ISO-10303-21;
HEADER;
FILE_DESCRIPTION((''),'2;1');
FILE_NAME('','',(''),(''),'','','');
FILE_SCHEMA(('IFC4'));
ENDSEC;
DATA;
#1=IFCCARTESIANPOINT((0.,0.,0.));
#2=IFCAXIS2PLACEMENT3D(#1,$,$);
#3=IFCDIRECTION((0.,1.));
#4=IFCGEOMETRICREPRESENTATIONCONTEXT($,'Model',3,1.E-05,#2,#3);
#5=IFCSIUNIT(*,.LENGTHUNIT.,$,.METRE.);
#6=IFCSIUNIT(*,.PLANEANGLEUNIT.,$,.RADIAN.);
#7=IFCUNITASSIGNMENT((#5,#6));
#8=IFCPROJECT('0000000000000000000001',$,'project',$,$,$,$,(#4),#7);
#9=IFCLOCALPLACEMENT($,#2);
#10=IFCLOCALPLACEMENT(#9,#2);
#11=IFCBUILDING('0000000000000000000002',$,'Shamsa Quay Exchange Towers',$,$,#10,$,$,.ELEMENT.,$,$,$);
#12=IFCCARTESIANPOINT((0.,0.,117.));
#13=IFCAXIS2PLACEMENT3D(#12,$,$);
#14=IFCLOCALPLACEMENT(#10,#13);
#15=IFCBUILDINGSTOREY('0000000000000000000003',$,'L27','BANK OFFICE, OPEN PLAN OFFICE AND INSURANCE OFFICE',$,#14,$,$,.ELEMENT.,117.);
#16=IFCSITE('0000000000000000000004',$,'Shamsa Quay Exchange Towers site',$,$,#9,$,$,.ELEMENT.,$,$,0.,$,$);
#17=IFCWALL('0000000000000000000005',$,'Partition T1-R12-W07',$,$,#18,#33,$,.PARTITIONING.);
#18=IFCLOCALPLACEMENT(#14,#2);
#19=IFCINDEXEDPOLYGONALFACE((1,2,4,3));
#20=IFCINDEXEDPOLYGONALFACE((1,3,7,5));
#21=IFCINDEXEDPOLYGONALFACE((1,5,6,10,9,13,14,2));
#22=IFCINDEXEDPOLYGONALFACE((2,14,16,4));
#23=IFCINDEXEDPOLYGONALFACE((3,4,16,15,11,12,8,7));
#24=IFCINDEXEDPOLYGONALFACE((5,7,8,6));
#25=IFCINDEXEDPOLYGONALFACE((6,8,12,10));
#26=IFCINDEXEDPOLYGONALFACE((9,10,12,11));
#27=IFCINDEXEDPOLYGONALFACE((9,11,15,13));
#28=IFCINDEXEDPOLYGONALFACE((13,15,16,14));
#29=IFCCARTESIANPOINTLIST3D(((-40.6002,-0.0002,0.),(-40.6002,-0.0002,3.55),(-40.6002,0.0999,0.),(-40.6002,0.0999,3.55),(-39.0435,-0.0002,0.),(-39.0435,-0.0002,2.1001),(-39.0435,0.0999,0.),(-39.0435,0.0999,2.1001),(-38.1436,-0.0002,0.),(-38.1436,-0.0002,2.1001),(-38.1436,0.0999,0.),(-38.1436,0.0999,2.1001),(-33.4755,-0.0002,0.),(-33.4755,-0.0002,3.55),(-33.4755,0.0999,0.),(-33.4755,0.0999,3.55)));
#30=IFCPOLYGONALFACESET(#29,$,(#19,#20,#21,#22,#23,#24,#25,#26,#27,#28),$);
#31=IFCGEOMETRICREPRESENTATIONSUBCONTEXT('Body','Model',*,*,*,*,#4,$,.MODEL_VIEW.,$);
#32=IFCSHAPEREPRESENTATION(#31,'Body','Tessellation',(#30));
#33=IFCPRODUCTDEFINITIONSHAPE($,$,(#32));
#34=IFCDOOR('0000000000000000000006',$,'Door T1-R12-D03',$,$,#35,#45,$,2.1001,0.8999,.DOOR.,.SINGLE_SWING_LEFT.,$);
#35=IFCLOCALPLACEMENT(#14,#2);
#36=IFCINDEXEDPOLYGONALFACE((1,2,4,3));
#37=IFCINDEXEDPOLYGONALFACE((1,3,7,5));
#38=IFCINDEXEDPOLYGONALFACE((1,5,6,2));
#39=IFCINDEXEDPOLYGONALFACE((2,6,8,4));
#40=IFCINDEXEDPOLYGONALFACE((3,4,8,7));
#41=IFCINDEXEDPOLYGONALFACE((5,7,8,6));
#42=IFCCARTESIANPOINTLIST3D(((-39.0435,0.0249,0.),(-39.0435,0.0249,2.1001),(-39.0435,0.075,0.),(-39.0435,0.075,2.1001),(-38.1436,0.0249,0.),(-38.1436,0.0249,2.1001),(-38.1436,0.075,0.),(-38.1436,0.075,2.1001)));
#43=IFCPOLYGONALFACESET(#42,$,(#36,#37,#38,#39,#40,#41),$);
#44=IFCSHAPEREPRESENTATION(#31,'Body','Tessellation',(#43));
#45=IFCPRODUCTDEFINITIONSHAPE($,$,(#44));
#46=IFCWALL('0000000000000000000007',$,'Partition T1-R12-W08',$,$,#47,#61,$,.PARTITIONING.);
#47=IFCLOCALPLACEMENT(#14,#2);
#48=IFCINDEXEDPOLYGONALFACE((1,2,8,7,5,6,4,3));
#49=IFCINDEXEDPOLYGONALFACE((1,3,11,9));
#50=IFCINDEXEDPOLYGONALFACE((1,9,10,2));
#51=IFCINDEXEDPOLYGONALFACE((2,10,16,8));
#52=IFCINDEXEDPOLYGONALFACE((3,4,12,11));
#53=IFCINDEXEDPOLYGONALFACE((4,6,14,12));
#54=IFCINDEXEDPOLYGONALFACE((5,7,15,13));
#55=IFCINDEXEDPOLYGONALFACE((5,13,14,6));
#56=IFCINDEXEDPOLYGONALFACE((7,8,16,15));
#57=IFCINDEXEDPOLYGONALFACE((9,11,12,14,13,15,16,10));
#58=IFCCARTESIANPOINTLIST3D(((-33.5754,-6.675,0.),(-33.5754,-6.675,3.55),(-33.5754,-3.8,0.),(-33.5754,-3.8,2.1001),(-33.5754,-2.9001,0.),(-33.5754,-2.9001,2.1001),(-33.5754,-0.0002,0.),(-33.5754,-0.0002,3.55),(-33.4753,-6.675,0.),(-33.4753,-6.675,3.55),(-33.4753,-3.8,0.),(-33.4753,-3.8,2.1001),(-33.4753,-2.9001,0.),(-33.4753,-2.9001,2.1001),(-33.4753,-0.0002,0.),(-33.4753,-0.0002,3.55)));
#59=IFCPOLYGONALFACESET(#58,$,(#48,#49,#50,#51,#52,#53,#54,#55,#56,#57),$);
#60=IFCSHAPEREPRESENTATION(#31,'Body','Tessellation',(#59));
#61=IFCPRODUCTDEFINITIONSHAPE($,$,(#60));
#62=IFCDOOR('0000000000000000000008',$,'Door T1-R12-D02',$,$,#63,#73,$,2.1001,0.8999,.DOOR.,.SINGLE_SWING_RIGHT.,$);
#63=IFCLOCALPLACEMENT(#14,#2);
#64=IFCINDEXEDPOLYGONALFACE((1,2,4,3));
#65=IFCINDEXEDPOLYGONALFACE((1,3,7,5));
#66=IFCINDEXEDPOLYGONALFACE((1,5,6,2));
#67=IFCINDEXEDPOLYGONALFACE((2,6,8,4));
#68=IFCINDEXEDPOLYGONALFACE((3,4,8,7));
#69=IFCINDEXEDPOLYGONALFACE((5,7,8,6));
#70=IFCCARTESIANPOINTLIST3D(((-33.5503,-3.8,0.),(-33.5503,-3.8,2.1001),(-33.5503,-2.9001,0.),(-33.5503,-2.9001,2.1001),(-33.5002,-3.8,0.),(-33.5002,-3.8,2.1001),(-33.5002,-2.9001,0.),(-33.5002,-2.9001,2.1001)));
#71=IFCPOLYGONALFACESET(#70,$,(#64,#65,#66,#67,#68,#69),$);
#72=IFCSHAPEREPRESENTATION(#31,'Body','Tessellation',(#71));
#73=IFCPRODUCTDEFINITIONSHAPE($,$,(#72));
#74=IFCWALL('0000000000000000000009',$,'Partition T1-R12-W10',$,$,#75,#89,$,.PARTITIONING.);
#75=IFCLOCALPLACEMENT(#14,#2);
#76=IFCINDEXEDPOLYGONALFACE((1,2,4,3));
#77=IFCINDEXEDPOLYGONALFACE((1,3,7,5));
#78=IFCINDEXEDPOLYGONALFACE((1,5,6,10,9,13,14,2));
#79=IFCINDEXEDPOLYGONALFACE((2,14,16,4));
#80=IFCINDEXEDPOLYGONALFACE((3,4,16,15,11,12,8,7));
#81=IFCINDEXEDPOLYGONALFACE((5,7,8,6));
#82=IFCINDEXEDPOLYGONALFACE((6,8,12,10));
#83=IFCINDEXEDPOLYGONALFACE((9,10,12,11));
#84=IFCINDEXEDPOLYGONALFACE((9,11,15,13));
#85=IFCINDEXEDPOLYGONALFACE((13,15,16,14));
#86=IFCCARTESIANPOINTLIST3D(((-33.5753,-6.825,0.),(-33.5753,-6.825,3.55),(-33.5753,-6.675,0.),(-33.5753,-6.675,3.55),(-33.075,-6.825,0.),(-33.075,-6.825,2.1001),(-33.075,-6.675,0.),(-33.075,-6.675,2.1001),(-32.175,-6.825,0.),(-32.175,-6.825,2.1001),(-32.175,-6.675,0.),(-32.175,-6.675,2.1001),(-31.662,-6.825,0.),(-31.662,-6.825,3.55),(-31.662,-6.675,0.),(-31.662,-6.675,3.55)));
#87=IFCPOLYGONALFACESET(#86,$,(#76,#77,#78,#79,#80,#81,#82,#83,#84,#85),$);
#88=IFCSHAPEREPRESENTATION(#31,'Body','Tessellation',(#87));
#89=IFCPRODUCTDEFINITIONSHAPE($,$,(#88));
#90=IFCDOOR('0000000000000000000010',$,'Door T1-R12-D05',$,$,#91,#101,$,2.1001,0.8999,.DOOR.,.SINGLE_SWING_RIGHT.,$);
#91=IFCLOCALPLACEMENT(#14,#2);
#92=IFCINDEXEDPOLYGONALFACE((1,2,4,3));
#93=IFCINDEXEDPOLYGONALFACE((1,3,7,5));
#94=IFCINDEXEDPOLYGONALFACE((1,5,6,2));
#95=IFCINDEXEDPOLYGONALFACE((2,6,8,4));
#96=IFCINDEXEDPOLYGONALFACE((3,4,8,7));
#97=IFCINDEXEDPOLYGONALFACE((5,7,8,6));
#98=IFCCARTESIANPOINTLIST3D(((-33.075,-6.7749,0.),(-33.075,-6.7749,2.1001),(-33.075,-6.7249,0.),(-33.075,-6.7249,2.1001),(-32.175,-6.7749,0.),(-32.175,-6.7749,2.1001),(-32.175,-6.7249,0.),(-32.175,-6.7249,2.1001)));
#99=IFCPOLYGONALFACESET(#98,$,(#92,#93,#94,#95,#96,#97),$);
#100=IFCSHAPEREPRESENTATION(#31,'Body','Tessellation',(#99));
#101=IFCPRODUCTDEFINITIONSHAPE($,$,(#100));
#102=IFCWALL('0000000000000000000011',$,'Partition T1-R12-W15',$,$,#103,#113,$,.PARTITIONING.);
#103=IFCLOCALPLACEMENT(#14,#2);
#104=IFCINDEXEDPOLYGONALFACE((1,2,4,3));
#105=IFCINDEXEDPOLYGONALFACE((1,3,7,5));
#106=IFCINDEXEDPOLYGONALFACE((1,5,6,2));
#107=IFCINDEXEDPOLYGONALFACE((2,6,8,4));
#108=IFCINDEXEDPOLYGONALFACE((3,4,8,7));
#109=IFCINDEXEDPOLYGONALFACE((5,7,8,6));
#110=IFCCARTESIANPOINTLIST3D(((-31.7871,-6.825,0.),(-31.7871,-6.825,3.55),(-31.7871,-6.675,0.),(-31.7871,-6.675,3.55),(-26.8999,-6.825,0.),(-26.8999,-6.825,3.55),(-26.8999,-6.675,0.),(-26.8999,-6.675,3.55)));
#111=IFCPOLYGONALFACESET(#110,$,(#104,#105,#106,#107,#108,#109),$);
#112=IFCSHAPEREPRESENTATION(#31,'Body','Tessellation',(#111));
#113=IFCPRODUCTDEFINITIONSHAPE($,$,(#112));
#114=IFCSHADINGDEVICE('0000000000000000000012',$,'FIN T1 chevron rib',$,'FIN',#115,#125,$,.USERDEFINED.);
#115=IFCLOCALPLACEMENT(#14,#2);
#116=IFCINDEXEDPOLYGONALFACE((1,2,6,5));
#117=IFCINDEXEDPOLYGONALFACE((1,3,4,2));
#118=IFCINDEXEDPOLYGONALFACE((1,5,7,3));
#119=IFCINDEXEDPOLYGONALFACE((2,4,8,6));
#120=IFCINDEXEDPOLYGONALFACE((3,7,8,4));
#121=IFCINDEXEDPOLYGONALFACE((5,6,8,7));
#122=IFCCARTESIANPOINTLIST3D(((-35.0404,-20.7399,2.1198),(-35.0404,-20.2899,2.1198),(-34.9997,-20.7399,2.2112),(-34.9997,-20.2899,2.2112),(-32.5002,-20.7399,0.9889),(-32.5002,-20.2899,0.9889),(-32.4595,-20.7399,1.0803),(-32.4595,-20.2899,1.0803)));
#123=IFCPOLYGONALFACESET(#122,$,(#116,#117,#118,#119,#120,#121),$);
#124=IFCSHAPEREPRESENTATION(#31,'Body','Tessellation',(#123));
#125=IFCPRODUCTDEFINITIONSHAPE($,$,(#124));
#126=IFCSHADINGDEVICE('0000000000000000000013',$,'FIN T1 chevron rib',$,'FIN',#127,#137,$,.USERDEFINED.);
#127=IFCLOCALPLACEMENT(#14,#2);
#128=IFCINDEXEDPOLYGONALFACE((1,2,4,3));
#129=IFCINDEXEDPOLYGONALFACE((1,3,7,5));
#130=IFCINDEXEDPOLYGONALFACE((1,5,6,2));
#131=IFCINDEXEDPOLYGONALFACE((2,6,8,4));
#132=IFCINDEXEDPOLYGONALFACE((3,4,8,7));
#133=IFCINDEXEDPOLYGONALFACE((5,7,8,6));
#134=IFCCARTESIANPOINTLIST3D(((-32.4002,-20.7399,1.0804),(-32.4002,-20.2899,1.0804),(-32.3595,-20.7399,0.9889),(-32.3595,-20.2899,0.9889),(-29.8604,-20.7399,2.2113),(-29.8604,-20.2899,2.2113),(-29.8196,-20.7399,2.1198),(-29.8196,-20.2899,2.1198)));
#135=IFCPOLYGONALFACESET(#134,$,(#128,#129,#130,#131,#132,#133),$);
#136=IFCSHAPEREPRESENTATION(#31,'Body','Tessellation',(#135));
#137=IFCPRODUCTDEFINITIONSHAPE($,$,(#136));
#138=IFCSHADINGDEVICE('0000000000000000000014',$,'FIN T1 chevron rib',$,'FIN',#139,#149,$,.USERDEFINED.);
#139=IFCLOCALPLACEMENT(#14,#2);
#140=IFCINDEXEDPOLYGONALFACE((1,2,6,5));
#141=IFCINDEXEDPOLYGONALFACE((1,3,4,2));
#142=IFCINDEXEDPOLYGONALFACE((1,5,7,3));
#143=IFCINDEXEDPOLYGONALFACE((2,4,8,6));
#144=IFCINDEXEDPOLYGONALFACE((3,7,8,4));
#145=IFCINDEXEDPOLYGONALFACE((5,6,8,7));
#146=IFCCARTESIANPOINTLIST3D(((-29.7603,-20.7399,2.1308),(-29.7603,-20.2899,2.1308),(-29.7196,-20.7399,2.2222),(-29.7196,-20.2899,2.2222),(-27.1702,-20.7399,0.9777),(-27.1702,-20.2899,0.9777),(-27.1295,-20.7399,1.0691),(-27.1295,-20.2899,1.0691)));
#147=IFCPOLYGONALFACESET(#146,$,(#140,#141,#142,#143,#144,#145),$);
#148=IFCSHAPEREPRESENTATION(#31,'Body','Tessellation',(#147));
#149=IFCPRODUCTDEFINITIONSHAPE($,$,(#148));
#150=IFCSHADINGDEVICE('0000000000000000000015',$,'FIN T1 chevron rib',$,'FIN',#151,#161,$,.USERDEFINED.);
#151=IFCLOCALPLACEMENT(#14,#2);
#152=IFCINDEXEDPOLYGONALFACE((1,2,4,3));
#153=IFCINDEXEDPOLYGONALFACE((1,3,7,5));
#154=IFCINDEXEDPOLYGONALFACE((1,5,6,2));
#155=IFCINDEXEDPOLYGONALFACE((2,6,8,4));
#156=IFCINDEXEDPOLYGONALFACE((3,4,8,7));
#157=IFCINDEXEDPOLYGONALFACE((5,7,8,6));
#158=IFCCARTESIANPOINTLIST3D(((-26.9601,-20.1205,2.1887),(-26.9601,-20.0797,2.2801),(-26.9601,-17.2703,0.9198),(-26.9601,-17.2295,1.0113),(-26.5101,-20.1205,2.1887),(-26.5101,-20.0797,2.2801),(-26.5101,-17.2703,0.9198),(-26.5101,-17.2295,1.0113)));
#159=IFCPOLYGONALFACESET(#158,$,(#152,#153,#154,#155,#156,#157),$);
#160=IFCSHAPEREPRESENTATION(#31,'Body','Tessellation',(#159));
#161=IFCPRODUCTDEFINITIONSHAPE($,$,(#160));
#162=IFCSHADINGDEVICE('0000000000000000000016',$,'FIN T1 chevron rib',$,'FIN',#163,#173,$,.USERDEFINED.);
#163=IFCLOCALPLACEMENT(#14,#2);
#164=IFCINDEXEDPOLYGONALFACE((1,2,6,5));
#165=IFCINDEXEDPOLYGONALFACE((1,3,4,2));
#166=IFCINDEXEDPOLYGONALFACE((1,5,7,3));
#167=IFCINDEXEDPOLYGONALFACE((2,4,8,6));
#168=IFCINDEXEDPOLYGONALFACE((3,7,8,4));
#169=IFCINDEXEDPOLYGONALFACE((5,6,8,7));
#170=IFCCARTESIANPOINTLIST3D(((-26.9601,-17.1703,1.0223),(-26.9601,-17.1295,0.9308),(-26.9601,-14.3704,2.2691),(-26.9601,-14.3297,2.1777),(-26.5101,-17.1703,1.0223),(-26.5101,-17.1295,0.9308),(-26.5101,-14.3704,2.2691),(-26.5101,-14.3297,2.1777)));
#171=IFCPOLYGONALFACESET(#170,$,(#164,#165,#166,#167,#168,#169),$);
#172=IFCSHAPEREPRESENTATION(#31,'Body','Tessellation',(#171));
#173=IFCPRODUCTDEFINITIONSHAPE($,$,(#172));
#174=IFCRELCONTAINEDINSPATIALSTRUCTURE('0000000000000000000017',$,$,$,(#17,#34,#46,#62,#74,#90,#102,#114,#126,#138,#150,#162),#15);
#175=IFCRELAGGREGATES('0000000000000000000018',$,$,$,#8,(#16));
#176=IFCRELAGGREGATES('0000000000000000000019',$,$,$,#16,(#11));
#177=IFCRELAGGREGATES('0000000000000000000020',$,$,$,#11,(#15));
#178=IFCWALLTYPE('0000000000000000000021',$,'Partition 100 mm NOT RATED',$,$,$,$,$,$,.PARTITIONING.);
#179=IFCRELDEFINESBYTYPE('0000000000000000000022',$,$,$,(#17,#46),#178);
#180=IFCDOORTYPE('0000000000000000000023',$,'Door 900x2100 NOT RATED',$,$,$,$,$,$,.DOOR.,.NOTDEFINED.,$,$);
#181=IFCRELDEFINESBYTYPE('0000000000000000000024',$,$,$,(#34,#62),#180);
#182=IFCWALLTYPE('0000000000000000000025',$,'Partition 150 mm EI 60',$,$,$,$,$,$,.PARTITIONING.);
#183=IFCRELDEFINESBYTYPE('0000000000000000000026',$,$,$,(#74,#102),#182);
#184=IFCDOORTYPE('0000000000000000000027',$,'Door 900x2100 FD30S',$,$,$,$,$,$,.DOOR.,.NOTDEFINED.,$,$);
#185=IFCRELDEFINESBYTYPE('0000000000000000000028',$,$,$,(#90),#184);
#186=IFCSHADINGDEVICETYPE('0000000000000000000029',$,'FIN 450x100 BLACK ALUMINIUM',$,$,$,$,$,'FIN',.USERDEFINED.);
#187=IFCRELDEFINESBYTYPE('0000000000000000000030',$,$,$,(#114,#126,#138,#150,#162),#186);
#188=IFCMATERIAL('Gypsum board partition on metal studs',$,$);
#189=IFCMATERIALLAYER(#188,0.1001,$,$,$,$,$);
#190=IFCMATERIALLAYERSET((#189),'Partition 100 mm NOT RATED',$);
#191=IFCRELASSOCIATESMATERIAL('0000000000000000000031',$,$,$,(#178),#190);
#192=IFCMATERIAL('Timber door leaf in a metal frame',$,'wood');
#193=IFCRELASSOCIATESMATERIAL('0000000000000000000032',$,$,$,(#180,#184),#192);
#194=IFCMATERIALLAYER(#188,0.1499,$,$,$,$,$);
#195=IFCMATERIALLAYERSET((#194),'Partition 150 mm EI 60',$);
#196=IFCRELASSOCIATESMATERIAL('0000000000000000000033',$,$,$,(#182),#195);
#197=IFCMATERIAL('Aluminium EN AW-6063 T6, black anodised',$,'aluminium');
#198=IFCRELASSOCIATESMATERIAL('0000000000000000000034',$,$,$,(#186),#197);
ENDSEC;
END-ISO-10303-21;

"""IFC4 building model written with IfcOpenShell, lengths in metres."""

from ifc_helpers import new_model, si_unit, direction, frame, frame_2d, origin, origin_2d, place, context, subcontext, project, spatial, rectangle, extrude, material, layer, layer_set, material_profile, profile_set, type_object, element, fill, save


model = new_model("IFC4")

# Units and contexts
model_context = context("Model", 3, precision=1e-05, world=origin(), true_north=direction((0.0, 1.0)))
body_context = subcontext(model_context, "Body", "Model", "MODEL_VIEW")
ifc_project = project(units=[si_unit("LENGTHUNIT", "METRE"), si_unit("PLANEANGLEUNIT", "RADIAN")], contexts=[model_context])

# Site, building, storey
site_placement = place(None, origin())
site = spatial("IfcSite", under=ifc_project, at=site_placement, Name="Shamsa Quay Exchange Towers site", CompositionType="ELEMENT", RefElevation=0.0)
building_placement = place(site_placement, origin())
building = spatial("IfcBuilding", under=site, at=building_placement, Name="Shamsa Quay Exchange Towers", CompositionType="ELEMENT")
storey_placement = place(building_placement, frame((0.0, 0.0, 117.0)))
storey = spatial("IfcBuildingStorey", under=building, at=storey_placement, Name="L27", Description="BANK OFFICE, OPEN PLAN OFFICE AND INSURANCE OFFICE", CompositionType="ELEMENT", Elevation=117.0)

# Shared definitions
ifc_material_1 = material(Name="Aluminium EN AW-6063 T6, black anodised", Category="aluminium")

# Walls, openings, doors
ifc_material_2 = material(Name="Gypsum board partition on metal studs")
ifc_layer_1 = layer(ifc_material_2, 0.1001)
ifc_layer_set_1 = layer_set([ifc_layer_1], Name="Partition 100 mm NOT RATED")
wall_type_1 = type_object("IfcWallType", Name="Partition 100 mm NOT RATED", PredefinedType="PARTITIONING", material=ifc_layer_set_1)
wall_1_placement = place(storey_placement, frame((-33.4753, 0.0498, 0.0), z_axis=(0.0, 0.0, 1.0), x_axis=(-1.0, 0.0, 0.0)))
wall_1 = element("IfcWall", 1, at=wall_1_placement, inside=storey, type_object=wall_type_1, Name="Partition T1-R12-W07", PredefinedType="PARTITIONING", context=body_context, shape_type="SweptSolid", body=[
    extrude(rectangle(XDim=7.1248, YDim=0.1001, at=frame_2d((3.5625, 0.0))), origin(), (0.0, 0.0, 1.0), 3.55),
])
opening_1_placement = place(wall_1_placement, frame((4.6682, 0.0, 0.0)))
opening_1 = element("IfcOpeningElement", 2, at=opening_1_placement, cuts=wall_1, PredefinedType="OPENING", context=body_context, shape_type="SweptSolid", body=[
    extrude(rectangle(XDim=0.8999, YDim=2.1001, at=frame_2d((0.45, 1.05))), frame((0.0, 0.0601, 0.0), z_axis=(0.0, -1.0, 0.0), x_axis=(1.0, 0.0, 0.0)), (0.0, 0.0, 1.0), 0.1201),
])
ifc_material_3 = material(Name="Timber door leaf in a metal frame", Category="wood")
door_type_1 = type_object("IfcDoorType", Name="Door 900x2100 NOT RATED", OperationType="NOTDEFINED", PredefinedType="DOOR", material=ifc_material_3)
door_1_placement = place(opening_1_placement, origin())
door_1 = element("IfcDoor", 3, at=door_1_placement, inside=storey, type_object=door_type_1, Name="Door T1-R12-D03", OperationType="SINGLE_SWING_LEFT", OverallHeight=2.1001, OverallWidth=0.8999, PredefinedType="DOOR", context=body_context, shape_type="SweptSolid", body=[
    extrude(rectangle(XDim=0.8999, YDim=2.1001, at=frame_2d((0.45, 1.05))), frame((0.0, 0.0249, 0.0), z_axis=(0.0, -1.0, 0.0), x_axis=(1.0, 0.0, 0.0)), (0.0, 0.0, 1.0), 0.05),
])
fill(opening_1, door_1)
wall_2_placement = place(storey_placement, frame((-33.5254, -6.675, 0.0), z_axis=(0.0, 0.0, 1.0), x_axis=(0.0, 1.0, 0.0)))
wall_2 = element("IfcWall", 4, at=wall_2_placement, inside=storey, type_object=wall_type_1, Name="Partition T1-R12-W08", PredefinedType="PARTITIONING", context=body_context, shape_type="SweptSolid", body=[
    extrude(rectangle(XDim=6.6748, YDim=0.1001, at=frame_2d((3.3374, 0.0))), origin(), (0.0, 0.0, 1.0), 3.55),
])
opening_2_placement = place(wall_2_placement, frame((2.875, 0.0, 0.0)))
opening_2 = element("IfcOpeningElement", 5, at=opening_2_placement, cuts=wall_2, PredefinedType="OPENING", context=body_context, shape_type="SweptSolid", body=[
    extrude(rectangle(XDim=0.8999, YDim=2.1001, at=frame_2d((0.45, 1.05))), frame((0.0, 0.0601, 0.0), z_axis=(0.0, -1.0, 0.0), x_axis=(1.0, 0.0, 0.0)), (0.0, 0.0, 1.0), 0.1201),
])
door_2_placement = place(opening_2_placement, origin())
door_2 = element("IfcDoor", 6, at=door_2_placement, inside=storey, type_object=door_type_1, Name="Door T1-R12-D02", OperationType="SINGLE_SWING_RIGHT", OverallHeight=2.1001, OverallWidth=0.8999, PredefinedType="DOOR", context=body_context, shape_type="SweptSolid", body=[
    extrude(rectangle(XDim=0.8999, YDim=2.1001, at=frame_2d((0.45, 1.05))), frame((0.0, 0.0249, 0.0), z_axis=(0.0, -1.0, 0.0), x_axis=(1.0, 0.0, 0.0)), (0.0, 0.0, 1.0), 0.05),
])
fill(opening_2, door_2)
ifc_layer_2 = layer(ifc_material_2, 0.1499)
ifc_layer_set_2 = layer_set([ifc_layer_2], Name="Partition 150 mm EI 60")
wall_type_2 = type_object("IfcWallType", Name="Partition 150 mm EI 60", PredefinedType="PARTITIONING", material=ifc_layer_set_2)
wall_3_placement = place(storey_placement, frame((-31.6621, -6.75, 0.0), z_axis=(0.0, 0.0, 1.0), x_axis=(-1.0, 0.0, 0.0)))
wall_3 = element("IfcWall", 7, at=wall_3_placement, inside=storey, type_object=wall_type_2, Name="Partition T1-R12-W10", PredefinedType="PARTITIONING", context=body_context, shape_type="SweptSolid", body=[
    extrude(rectangle(XDim=1.9133, YDim=0.1499, at=frame_2d((0.9565, 0.0))), origin(), (0.0, 0.0, 1.0), 3.55),
])
opening_3_placement = place(wall_3_placement, frame((0.5129, 0.0, 0.0)))
opening_3 = element("IfcOpeningElement", 8, at=opening_3_placement, cuts=wall_3, PredefinedType="OPENING", context=body_context, shape_type="SweptSolid", body=[
    extrude(rectangle(XDim=0.8999, YDim=2.1001, at=frame_2d((0.45, 1.05))), frame((0.0, 0.085, 0.0), z_axis=(0.0, -1.0, 0.0), x_axis=(1.0, 0.0, 0.0)), (0.0, 0.0, 1.0), 0.1699),
])
door_type_2 = type_object("IfcDoorType", Name="Door 900x2100 FD30S", OperationType="NOTDEFINED", PredefinedType="DOOR", material=ifc_material_3)
door_3_placement = place(opening_3_placement, origin())
door_3 = element("IfcDoor", 9, at=door_3_placement, inside=storey, type_object=door_type_2, Name="Door T1-R12-D05", OperationType="SINGLE_SWING_RIGHT", OverallHeight=2.1001, OverallWidth=0.8999, PredefinedType="DOOR", context=body_context, shape_type="SweptSolid", body=[
    extrude(rectangle(XDim=0.8999, YDim=2.1001, at=frame_2d((0.45, 1.05))), frame((0.0, 0.0249, 0.0), z_axis=(0.0, -1.0, 0.0), x_axis=(1.0, 0.0, 0.0)), (0.0, 0.0, 1.0), 0.05),
])
fill(opening_3, door_3)

# Wall
wall_4_placement = place(storey_placement, frame((-31.7871, -6.75, 0.0)))
element("IfcWall", 10, at=wall_4_placement, inside=storey, type_object=wall_type_2, Name="Partition T1-R12-W15", PredefinedType="PARTITIONING", context=body_context, shape_type="SweptSolid", body=[
    extrude(rectangle(XDim=4.8872, YDim=0.1499, at=frame_2d((2.4436, 0.0))), origin(), (0.0, 0.0, 1.0), 3.55),
])

# Shading devices
ifc_material_profile_1 = material_profile(ifc_material_1, rectangle(XDim=0.45, YDim=0.1001, at=origin_2d()), Name="FIN450x100")
ifc_profile_set_1 = profile_set([ifc_material_profile_1], Name="Aluminium EN AW-6063 T6, black anodised")
shading_device_type = type_object("IfcShadingDeviceType", Name="FIN 450x100 BLACK ALUMINIUM", ElementType="FIN", PredefinedType="USERDEFINED", material=ifc_profile_set_1)
shading_device_1_placement = place(storey_placement, frame((-35.02, -20.5149, 2.1655), z_axis=(0.913551, 0.0, -0.406725), x_axis=(0.0, 1.0, 0.0)))
element("IfcShadingDevice", 11, at=shading_device_1_placement, inside=storey, type_object=shading_device_type, Name="FIN T1 chevron rib", ObjectType="FIN", PredefinedType="USERDEFINED", context=body_context, shape_type="SweptSolid", body=[
    extrude(rectangle(XDim=0.45, YDim=0.1001, at=origin_2d()), origin(), (0.0, 0.0, 1.0), 2.7805),
])
shading_device_2_placement = place(storey_placement, frame((-32.3799, -20.5149, 1.0347), z_axis=(0.913536, 0.0, 0.406758), x_axis=(0.0, 1.0, 0.0)))
element("IfcShadingDevice", 12, at=shading_device_2_placement, inside=storey, type_object=shading_device_type, Name="FIN T1 chevron rib", ObjectType="FIN", PredefinedType="USERDEFINED", context=body_context, shape_type="SweptSolid", body=[
    extrude(rectangle(XDim=0.45, YDim=0.1001, at=origin_2d()), origin(), (0.0, 0.0, 1.0), 2.7803),
])
shading_device_3_placement = place(storey_placement, frame((-29.74, -20.5149, 2.1765), z_axis=(0.913559, 0.0, -0.406706), x_axis=(0.0, 1.0, 0.0)))
element("IfcShadingDevice", 13, at=shading_device_3_placement, inside=storey, type_object=shading_device_type, Name="FIN T1 chevron rib", ObjectType="FIN", PredefinedType="USERDEFINED", context=body_context, shape_type="SweptSolid", body=[
    extrude(rectangle(XDim=0.45, YDim=0.1001, at=origin_2d()), origin(), (0.0, 0.0, 1.0), 2.8352),
])
shading_device_4_placement = place(storey_placement, frame((-26.7351, -20.1001, 2.2344), z_axis=(0.0, 0.913563, -0.406697), x_axis=(-1.0, 0.0, 0.0)))
element("IfcShadingDevice", 14, at=shading_device_4_placement, inside=storey, type_object=shading_device_type, Name="FIN T1 chevron rib", ObjectType="FIN", PredefinedType="USERDEFINED", context=body_context, shape_type="SweptSolid", body=[
    extrude(rectangle(XDim=0.45, YDim=0.1001, at=origin_2d()), origin(), (0.0, 0.0, 1.0), 3.1199),
])
shading_device_5_placement = place(storey_placement, frame((-26.7351, -17.1499, 0.9766), z_axis=(0.0, 0.913512, 0.406811), x_axis=(-1.0, 0.0, 0.0)))
element("IfcShadingDevice", 15, at=shading_device_5_placement, inside=storey, type_object=shading_device_type, Name="FIN T1 chevron rib", ObjectType="FIN", PredefinedType="USERDEFINED", context=body_context, shape_type="SweptSolid", body=[
    extrude(rectangle(XDim=0.45, YDim=0.1001, at=origin_2d()), origin(), (0.0, 0.0, 1.0), 3.0649),
])

save(model, "model.ifc")
